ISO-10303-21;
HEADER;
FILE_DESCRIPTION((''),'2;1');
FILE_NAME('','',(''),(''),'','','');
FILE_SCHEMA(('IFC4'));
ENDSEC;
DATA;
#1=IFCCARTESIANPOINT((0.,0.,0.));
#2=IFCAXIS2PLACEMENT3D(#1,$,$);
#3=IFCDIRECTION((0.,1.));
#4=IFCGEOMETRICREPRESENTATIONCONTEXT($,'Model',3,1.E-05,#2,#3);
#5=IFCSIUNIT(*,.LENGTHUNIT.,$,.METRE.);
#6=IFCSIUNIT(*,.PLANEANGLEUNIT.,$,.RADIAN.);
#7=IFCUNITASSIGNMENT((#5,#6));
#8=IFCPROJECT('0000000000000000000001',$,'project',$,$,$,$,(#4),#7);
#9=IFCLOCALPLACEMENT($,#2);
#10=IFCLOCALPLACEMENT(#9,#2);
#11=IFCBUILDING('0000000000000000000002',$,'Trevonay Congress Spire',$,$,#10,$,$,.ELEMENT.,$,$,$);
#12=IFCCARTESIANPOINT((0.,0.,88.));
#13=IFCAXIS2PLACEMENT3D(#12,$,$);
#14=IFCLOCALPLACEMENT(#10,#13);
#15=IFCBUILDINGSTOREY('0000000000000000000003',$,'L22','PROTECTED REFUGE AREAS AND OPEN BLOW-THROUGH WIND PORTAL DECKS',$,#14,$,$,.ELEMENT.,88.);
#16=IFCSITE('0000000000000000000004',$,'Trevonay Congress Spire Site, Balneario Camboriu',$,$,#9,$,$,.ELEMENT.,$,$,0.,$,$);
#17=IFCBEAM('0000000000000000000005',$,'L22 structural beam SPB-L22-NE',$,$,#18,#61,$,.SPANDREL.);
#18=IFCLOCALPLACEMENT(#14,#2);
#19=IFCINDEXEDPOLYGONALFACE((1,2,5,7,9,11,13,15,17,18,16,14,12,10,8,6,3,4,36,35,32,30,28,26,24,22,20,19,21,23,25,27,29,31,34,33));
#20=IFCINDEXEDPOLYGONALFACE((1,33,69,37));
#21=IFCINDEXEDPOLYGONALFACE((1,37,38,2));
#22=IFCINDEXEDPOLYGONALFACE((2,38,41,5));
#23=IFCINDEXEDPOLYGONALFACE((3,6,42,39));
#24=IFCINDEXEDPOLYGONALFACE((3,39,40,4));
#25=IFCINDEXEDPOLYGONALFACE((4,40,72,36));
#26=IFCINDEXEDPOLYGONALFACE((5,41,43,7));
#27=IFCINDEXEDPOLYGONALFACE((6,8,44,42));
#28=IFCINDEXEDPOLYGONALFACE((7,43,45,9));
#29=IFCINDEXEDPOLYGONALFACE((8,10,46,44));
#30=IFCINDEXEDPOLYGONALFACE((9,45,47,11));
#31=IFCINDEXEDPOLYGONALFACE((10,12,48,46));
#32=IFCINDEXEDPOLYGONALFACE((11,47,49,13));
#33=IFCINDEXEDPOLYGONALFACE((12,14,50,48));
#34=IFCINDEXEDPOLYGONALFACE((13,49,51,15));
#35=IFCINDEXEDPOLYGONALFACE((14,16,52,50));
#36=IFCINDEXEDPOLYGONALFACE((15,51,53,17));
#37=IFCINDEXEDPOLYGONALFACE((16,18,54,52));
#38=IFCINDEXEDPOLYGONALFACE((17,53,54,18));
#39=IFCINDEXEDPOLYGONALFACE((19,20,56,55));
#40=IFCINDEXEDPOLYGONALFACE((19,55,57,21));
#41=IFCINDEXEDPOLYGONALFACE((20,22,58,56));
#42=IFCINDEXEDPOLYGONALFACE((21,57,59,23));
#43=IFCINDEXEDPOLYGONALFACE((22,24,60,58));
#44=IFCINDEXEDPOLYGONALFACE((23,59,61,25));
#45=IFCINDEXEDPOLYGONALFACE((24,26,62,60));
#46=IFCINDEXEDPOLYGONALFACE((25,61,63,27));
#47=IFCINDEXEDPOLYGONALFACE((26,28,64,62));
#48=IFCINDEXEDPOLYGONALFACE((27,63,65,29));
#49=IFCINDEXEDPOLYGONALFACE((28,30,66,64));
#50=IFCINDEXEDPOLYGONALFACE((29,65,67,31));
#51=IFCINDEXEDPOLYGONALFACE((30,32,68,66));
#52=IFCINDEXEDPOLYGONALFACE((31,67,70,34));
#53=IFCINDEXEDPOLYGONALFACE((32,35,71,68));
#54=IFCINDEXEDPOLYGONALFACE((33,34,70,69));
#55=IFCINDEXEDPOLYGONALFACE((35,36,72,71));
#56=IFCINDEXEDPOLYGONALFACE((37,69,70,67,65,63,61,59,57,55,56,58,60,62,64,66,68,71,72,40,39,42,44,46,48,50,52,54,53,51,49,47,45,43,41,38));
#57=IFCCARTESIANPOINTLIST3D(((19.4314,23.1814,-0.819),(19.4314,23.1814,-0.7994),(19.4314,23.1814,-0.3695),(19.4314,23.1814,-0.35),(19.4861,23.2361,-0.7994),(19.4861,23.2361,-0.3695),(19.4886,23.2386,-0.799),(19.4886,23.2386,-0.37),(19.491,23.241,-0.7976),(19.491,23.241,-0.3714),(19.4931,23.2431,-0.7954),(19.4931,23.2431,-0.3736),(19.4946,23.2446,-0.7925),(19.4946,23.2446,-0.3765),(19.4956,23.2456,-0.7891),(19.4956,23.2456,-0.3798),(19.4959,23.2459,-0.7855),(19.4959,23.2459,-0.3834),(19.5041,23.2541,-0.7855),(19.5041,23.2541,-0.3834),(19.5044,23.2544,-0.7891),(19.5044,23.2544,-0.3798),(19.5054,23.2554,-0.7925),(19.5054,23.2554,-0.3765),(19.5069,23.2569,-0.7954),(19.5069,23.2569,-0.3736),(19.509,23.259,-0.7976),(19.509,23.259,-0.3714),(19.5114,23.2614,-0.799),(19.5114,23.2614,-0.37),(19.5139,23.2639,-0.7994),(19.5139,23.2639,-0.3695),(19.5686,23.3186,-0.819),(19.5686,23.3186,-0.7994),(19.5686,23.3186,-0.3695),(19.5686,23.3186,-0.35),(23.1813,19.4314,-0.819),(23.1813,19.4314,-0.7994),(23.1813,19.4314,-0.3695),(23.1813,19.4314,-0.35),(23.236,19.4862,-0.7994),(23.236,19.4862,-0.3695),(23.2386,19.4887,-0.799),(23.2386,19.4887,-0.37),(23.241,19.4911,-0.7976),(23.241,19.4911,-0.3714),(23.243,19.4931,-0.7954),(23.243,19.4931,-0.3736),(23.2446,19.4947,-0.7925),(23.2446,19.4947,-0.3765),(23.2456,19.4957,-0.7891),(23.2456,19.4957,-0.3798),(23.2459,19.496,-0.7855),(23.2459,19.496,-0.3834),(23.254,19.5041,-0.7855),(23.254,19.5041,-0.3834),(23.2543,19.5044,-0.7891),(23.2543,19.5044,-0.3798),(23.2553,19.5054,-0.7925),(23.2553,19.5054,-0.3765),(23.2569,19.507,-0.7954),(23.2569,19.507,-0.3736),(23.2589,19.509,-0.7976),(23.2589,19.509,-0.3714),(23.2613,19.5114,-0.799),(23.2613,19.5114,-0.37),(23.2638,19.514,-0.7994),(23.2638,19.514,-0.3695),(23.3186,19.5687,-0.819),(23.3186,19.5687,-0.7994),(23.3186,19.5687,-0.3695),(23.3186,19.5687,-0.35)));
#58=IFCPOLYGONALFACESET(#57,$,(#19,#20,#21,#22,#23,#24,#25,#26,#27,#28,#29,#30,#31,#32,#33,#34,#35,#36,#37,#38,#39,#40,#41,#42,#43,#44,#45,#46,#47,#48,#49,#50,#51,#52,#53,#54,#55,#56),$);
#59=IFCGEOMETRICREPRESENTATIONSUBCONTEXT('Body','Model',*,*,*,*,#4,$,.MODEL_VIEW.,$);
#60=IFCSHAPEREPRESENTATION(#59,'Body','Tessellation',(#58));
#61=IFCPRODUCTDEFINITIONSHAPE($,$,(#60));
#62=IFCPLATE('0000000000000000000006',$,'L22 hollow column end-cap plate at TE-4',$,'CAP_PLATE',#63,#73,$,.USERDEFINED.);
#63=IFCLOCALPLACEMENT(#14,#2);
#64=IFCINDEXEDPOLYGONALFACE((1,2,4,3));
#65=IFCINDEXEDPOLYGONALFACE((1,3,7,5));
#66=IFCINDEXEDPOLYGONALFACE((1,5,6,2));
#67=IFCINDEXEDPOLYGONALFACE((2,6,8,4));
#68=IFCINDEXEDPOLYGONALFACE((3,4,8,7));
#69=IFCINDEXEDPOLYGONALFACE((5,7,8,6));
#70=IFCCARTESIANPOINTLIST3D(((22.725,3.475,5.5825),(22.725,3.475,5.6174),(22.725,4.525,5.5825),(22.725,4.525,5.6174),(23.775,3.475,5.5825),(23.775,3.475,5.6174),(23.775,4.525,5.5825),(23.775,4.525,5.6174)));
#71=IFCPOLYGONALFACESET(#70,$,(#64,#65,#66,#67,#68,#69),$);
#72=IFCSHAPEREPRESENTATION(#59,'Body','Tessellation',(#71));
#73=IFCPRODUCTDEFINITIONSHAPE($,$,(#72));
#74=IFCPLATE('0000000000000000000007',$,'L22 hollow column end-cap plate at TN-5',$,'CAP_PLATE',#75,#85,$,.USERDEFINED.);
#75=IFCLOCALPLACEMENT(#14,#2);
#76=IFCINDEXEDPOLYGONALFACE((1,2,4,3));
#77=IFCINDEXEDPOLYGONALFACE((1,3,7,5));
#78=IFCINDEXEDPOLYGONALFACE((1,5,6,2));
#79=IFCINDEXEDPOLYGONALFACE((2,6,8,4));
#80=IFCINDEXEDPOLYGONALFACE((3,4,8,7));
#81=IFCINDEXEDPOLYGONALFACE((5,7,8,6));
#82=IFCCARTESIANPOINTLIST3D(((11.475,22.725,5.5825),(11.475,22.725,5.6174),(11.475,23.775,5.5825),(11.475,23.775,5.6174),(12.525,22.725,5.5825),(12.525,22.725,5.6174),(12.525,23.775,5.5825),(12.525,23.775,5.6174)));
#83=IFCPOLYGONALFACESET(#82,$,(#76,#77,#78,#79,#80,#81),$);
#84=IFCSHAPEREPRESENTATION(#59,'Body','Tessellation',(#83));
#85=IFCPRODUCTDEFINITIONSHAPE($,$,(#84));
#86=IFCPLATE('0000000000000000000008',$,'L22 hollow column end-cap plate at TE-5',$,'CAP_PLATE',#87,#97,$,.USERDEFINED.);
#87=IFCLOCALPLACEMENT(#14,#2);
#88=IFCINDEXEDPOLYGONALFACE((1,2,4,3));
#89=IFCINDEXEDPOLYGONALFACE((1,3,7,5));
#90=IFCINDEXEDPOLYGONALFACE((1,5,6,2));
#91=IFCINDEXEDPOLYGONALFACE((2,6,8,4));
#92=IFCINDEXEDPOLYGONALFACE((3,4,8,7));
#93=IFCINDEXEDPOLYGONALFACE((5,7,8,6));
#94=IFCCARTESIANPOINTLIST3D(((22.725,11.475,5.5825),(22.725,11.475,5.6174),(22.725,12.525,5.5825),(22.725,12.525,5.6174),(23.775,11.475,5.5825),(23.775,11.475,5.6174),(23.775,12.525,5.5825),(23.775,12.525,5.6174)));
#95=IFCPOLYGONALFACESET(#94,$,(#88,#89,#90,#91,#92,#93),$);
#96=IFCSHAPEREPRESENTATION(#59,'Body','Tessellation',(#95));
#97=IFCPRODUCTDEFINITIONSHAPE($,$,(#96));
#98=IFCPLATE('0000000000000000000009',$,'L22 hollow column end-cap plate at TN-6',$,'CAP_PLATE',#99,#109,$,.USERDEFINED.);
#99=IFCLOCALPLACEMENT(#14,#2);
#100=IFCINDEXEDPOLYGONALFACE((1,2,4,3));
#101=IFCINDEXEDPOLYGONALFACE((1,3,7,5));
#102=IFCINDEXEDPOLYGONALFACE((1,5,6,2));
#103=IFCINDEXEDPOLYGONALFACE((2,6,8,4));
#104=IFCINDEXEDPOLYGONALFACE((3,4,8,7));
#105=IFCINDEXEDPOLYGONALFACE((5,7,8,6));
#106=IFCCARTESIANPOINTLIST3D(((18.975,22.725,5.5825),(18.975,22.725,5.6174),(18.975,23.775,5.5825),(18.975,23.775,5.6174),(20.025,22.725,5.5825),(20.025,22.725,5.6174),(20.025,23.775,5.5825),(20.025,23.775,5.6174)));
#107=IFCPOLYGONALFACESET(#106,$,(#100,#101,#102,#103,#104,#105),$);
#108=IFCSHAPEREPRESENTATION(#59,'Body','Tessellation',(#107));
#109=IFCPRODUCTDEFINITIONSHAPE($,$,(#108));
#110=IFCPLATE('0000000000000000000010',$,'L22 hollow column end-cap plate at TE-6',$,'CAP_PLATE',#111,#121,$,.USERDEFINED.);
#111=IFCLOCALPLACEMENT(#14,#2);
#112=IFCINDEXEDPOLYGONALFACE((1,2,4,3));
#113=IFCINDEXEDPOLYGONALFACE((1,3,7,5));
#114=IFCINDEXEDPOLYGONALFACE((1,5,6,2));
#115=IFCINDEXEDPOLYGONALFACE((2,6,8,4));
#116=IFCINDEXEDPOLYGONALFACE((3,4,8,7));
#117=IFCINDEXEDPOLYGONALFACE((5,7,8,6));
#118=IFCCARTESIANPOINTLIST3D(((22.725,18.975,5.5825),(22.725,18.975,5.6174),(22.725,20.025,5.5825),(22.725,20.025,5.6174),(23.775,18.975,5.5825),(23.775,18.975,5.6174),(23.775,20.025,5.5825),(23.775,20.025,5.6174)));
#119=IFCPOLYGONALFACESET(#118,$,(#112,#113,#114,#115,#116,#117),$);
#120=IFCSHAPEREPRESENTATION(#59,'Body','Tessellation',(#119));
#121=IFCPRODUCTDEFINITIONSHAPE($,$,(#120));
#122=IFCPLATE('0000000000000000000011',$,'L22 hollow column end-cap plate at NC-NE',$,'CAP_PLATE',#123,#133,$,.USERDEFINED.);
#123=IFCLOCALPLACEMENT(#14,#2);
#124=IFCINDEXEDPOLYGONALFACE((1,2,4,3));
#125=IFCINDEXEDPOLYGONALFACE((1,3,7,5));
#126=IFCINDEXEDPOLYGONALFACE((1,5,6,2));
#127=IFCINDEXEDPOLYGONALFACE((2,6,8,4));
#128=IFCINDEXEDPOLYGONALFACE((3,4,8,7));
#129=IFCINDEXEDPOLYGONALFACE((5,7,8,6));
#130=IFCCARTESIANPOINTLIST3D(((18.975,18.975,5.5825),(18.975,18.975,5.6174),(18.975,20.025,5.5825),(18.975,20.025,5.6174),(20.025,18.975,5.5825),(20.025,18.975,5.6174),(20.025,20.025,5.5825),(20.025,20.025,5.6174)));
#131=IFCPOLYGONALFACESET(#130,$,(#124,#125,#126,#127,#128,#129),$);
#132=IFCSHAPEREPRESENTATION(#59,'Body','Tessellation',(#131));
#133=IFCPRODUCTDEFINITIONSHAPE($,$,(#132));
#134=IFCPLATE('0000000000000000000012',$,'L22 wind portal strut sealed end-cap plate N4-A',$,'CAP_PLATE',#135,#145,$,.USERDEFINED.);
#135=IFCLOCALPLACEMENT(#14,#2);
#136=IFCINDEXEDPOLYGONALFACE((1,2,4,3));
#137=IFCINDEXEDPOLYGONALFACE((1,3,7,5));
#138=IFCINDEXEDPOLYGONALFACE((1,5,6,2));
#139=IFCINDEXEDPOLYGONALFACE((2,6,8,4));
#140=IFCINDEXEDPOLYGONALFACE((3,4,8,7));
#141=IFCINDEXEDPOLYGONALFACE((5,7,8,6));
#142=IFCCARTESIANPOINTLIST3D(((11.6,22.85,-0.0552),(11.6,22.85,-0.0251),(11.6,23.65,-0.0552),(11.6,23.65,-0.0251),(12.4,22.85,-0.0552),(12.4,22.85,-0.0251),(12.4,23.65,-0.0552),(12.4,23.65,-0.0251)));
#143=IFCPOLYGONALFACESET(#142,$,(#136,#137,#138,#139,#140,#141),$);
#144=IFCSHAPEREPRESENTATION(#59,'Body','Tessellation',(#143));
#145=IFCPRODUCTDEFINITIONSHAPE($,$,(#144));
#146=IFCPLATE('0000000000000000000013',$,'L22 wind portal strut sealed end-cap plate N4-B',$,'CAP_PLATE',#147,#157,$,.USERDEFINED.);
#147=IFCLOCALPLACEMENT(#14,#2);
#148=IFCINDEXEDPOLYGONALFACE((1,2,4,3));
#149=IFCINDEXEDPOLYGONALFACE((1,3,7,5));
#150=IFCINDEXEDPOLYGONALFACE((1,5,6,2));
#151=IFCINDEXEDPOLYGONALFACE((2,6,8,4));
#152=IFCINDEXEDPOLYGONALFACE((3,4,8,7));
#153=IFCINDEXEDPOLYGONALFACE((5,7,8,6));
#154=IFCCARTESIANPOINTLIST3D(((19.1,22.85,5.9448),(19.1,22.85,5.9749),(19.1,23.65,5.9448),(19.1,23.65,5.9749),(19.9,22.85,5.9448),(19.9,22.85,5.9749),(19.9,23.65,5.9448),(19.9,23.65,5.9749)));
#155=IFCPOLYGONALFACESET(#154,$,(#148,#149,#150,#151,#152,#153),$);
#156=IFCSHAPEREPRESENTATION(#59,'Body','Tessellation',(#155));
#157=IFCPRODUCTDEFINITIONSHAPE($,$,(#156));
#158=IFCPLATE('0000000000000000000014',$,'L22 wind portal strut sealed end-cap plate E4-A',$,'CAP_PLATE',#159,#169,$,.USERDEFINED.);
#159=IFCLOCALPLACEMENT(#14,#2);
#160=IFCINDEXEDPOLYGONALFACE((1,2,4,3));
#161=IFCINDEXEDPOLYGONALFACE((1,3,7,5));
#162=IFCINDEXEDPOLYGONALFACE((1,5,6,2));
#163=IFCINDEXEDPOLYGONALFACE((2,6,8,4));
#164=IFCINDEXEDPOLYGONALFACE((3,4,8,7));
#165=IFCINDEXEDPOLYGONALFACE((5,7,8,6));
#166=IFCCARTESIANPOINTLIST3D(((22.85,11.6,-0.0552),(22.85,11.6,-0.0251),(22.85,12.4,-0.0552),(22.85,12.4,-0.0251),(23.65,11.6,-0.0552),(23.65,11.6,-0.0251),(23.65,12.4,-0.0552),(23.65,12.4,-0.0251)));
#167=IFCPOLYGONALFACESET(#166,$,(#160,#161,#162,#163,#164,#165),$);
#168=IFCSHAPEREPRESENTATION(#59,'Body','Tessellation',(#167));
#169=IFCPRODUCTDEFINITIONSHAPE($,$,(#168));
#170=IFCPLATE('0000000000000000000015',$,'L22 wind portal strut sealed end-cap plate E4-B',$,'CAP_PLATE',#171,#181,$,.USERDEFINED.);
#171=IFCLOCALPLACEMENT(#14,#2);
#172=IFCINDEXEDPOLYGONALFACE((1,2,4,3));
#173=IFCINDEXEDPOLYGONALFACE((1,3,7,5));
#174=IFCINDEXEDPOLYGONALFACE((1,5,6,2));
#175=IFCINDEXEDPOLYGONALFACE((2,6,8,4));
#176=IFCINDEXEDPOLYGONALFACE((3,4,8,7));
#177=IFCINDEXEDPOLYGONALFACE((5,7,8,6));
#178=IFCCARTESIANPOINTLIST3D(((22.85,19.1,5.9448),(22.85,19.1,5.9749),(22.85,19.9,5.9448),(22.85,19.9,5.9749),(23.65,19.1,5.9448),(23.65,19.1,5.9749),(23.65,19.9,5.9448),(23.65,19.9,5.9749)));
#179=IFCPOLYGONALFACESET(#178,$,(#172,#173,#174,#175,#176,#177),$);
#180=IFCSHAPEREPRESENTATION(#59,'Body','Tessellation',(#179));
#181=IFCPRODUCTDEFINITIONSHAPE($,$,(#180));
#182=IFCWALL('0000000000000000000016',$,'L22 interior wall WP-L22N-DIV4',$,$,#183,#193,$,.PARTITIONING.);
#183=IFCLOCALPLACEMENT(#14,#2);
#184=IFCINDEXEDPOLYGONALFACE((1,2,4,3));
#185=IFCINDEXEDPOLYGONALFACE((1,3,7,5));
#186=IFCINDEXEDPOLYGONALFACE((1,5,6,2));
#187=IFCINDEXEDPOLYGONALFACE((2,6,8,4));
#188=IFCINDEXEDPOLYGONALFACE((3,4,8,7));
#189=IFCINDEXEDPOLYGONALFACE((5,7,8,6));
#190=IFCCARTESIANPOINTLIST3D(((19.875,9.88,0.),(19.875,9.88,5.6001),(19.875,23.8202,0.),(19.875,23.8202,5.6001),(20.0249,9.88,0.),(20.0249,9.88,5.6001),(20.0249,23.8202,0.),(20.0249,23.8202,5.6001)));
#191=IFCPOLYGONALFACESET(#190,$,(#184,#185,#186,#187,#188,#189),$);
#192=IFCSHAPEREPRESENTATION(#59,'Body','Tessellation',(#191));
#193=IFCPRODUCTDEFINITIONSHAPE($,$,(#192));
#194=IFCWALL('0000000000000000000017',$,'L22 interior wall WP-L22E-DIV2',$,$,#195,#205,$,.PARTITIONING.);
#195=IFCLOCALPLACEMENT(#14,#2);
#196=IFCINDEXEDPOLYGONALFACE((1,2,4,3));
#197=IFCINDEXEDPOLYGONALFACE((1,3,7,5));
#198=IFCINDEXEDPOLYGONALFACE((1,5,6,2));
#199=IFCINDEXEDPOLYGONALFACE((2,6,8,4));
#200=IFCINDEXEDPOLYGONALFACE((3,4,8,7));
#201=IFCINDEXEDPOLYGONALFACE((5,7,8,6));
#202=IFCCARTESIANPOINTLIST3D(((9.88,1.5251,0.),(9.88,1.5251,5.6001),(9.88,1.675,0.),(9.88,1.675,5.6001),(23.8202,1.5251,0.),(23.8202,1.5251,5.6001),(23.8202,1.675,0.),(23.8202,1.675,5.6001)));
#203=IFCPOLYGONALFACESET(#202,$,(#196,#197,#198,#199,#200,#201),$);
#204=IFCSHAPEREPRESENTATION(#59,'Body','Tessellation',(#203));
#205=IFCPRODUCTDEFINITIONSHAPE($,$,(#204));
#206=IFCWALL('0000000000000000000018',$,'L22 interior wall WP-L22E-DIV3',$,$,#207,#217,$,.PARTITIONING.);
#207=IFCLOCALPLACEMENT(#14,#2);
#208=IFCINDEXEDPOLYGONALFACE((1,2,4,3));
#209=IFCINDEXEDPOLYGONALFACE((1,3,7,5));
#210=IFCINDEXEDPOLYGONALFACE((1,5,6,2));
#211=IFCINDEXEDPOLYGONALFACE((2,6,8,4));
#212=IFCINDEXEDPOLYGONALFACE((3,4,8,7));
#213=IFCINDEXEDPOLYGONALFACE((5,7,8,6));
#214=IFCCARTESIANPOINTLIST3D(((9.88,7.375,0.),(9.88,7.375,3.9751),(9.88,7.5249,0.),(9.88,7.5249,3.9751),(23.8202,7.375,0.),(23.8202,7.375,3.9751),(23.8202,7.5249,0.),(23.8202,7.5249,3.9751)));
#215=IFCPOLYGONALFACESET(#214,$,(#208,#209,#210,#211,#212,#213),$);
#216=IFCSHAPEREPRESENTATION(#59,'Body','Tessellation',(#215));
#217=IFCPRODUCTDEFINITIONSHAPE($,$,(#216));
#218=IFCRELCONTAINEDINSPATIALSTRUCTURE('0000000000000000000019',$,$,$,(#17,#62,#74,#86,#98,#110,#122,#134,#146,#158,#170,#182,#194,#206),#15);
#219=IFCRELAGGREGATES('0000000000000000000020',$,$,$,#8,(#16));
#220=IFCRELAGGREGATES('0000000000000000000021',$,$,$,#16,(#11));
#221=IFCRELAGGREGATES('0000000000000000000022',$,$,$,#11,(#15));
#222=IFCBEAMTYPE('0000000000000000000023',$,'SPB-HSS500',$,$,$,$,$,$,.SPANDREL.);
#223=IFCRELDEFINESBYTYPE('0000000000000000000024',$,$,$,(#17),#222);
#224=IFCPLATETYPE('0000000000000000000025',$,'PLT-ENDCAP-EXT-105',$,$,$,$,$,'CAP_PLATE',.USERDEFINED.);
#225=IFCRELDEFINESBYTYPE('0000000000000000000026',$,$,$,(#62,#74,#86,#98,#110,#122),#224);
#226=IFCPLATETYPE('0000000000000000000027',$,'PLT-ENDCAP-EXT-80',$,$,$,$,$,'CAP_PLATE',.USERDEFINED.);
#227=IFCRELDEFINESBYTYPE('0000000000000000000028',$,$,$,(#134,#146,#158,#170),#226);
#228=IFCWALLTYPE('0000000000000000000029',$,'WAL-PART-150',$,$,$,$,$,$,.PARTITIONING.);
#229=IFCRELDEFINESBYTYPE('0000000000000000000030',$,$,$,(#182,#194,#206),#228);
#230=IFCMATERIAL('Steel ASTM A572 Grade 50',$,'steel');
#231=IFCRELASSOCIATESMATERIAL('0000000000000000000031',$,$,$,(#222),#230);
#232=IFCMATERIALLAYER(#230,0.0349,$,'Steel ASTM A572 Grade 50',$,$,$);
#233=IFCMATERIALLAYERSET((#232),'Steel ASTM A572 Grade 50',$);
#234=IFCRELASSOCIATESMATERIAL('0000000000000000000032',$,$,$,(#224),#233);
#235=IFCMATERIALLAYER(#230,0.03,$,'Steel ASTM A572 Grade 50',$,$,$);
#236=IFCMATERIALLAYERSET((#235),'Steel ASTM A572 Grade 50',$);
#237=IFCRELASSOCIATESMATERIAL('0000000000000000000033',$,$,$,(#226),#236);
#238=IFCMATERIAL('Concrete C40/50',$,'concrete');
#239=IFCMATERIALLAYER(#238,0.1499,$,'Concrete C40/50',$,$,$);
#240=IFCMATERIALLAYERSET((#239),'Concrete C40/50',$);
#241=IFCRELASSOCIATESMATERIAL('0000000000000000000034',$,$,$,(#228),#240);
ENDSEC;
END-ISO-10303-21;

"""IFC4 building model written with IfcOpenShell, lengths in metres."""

from ifc_helpers import new_model, si_unit, direction, frame, frame_2d, origin, origin_2d, place, context, subcontext, project, spatial, rectangle, i_section, extrude, material, layer, layer_set, material_profile, profile_set, type_object, element, save


model = new_model("IFC4")

# Units and contexts
model_context = context("Model", 3, precision=1e-05, world=origin(), true_north=direction((0.0, 1.0)))
body_context = subcontext(model_context, "Body", "Model", "MODEL_VIEW")
ifc_project = project(units=[si_unit("LENGTHUNIT", "METRE"), si_unit("PLANEANGLEUNIT", "RADIAN")], contexts=[model_context])

# Site, building, storey
site_placement = place(None, origin())
site = spatial("IfcSite", under=ifc_project, at=site_placement, Name="Trevonay Congress Spire Site, Balneario Camboriu", CompositionType="ELEMENT", RefElevation=0.0)
building_placement = place(site_placement, origin())
building = spatial("IfcBuilding", under=site, at=building_placement, Name="Trevonay Congress Spire", CompositionType="ELEMENT")
storey_placement = place(building_placement, frame((0.0, 0.0, 88.0)))
storey = spatial("IfcBuildingStorey", under=building, at=storey_placement, Name="L22", Description="PROTECTED REFUGE AREAS AND OPEN BLOW-THROUGH WIND PORTAL DECKS", CompositionType="ELEMENT", Elevation=88.0)

# Shared definitions
ifc_material_1 = material(Name="Steel ASTM A572 Grade 50", Category="steel")

# Beam
ifc_material_profile_1 = material_profile(ifc_material_1, i_section(OverallWidth=0.1941, OverallDepth=0.469, WebThickness=0.0115, FlangeThickness=0.0195, FilletRadius=0.0139, at=origin_2d()), Name="W460x106")
ifc_profile_set_1 = profile_set([ifc_material_profile_1], Name="Steel ASTM A572 Grade 50")
beam_type_1 = type_object("IfcBeamType", Name="SPB-HSS500", PredefinedType="SPANDREL", material=ifc_profile_set_1)
beam_1_placement = place(storey_placement, frame((19.5, 23.25, -0.5845), z_axis=(0.707107, -0.707107, 0.0), x_axis=(0.707107, 0.707107, 0.0)))
element("IfcBeam", 1, at=beam_1_placement, inside=storey, type_object=beam_type_1, Name="L22 structural beam SPB-L22-NE", PredefinedType="SPANDREL", context=body_context, shape_type="SweptSolid", body=[
    extrude(i_section(OverallWidth=0.1941, OverallDepth=0.469, WebThickness=0.0115, FlangeThickness=0.0195, FilletRadius=0.0139, at=origin_2d()), origin(), (0.0, 0.0, 1.0), 5.3032),
])

# Plates
ifc_layer_1 = layer(ifc_material_1, 0.0349, Name="Steel ASTM A572 Grade 50")
ifc_layer_set_1 = layer_set([ifc_layer_1], Name="Steel ASTM A572 Grade 50")
plate_type_1 = type_object("IfcPlateType", Name="PLT-ENDCAP-EXT-105", ElementType="CAP_PLATE", PredefinedType="USERDEFINED", material=ifc_layer_set_1)
for number, where, z_axis, x_axis, name in (
    (2, (23.25, 4.0, 5.5825), (0.0, 0.0, 1.0), (1.0, 0.0, 0.0), "L22 hollow column end-cap plate at TE-4"),
    (3, (12.0, 23.25, 5.5825), (0.0, 0.0, 1.0), (1.0, 0.0, 0.0), "L22 hollow column end-cap plate at TN-5"),
    (4, (23.25, 12.0, 5.5825), (0.0, 0.0, 1.0), (1.0, 0.0, 0.0), "L22 hollow column end-cap plate at TE-5"),
    (5, (19.5, 23.25, 5.5825), (0.0, 0.0, 1.0), (1.0, 0.0, 0.0), "L22 hollow column end-cap plate at TN-6"),
    (6, (23.25, 19.5, 5.5825), (0.0, 0.0, 1.0), (1.0, 0.0, 0.0), "L22 hollow column end-cap plate at TE-6"),
    (7, (19.5, 19.5, 5.5825), (0.0, 0.0, 1.0), (1.0, 0.0, 0.0), "L22 hollow column end-cap plate at NC-NE"),
):
    element("IfcPlate", number, at=place(storey_placement, frame(where, z_axis=z_axis, x_axis=x_axis)), inside=storey, type_object=plate_type_1, Name=name, ObjectType="CAP_PLATE", PredefinedType="USERDEFINED", context=body_context, shape_type="SweptSolid", body=[
        extrude(rectangle(XDim=1.05, YDim=1.05, at=origin_2d()), origin(), (0.0, 0.0, 1.0), 0.0349),
    ])
ifc_layer_2 = layer(ifc_material_1, 0.03, Name="Steel ASTM A572 Grade 50")
ifc_layer_set_2 = layer_set([ifc_layer_2], Name="Steel ASTM A572 Grade 50")
plate_type_2 = type_object("IfcPlateType", Name="PLT-ENDCAP-EXT-80", ElementType="CAP_PLATE", PredefinedType="USERDEFINED", material=ifc_layer_set_2)
for number, where, z_axis, x_axis, name in (
    (8, (12.0, 23.25, -0.0552), (0.0, 0.0, 1.0), (1.0, 0.0, 0.0), "L22 wind portal strut sealed end-cap plate N4-A"),
    (9, (19.5, 23.25, 5.9448), (0.0, 0.0, 1.0), (1.0, 0.0, 0.0), "L22 wind portal strut sealed end-cap plate N4-B"),
    (10, (23.25, 12.0, -0.0552), (0.0, 0.0, 1.0), (1.0, 0.0, 0.0), "L22 wind portal strut sealed end-cap plate E4-A"),
    (11, (23.25, 19.5, 5.9448), (0.0, 0.0, 1.0), (1.0, 0.0, 0.0), "L22 wind portal strut sealed end-cap plate E4-B"),
):
    element("IfcPlate", number, at=place(storey_placement, frame(where, z_axis=z_axis, x_axis=x_axis)), inside=storey, type_object=plate_type_2, Name=name, ObjectType="CAP_PLATE", PredefinedType="USERDEFINED", context=body_context, shape_type="SweptSolid", body=[
        extrude(rectangle(XDim=0.8, YDim=0.8, at=origin_2d()), origin(), (0.0, 0.0, 1.0), 0.03),
    ])

# Walls
ifc_material_2 = material(Name="Concrete C40/50", Category="concrete")
ifc_layer_3 = layer(ifc_material_2, 0.1499, Name="Concrete C40/50")
ifc_layer_set_3 = layer_set([ifc_layer_3], Name="Concrete C40/50")
wall_type = type_object("IfcWallType", Name="WAL-PART-150", PredefinedType="PARTITIONING", material=ifc_layer_set_3)
for number, where, z_axis, x_axis, name in (
    (12, (19.95, 9.8799, 0.0), (0.0, 0.0, 1.0), (0.0, 1.0, 0.0), "L22 interior wall WP-L22N-DIV4"),
    (13, (9.8799, 1.6001, 0.0), (0.0, 0.0, 1.0), (1.0, 0.0, 0.0), "L22 interior wall WP-L22E-DIV2"),
):
    element("IfcWall", number, at=place(storey_placement, frame(where, z_axis=z_axis, x_axis=x_axis)), inside=storey, type_object=wall_type, Name=name, PredefinedType="PARTITIONING", context=body_context, shape_type="SweptSolid", body=[
        extrude(rectangle(XDim=13.9402, YDim=0.1499, at=frame_2d((6.9702, 0.0))), origin(), (0.0, 0.0, 1.0), 5.6001),
    ])
wall_placement = place(storey_placement, frame((9.8799, 7.45, 0.0), z_axis=(0.0, 0.0, 1.0), x_axis=(1.0, 0.0, 0.0)))
element("IfcWall", 14, at=wall_placement, inside=storey, type_object=wall_type, Name="L22 interior wall WP-L22E-DIV3", PredefinedType="PARTITIONING", context=body_context, shape_type="SweptSolid", body=[
    extrude(rectangle(XDim=13.9402, YDim=0.1499, at=frame_2d((6.9702, 0.0))), origin(), (0.0, 0.0, 1.0), 3.9751),
])

save(model, "model.ifc")
